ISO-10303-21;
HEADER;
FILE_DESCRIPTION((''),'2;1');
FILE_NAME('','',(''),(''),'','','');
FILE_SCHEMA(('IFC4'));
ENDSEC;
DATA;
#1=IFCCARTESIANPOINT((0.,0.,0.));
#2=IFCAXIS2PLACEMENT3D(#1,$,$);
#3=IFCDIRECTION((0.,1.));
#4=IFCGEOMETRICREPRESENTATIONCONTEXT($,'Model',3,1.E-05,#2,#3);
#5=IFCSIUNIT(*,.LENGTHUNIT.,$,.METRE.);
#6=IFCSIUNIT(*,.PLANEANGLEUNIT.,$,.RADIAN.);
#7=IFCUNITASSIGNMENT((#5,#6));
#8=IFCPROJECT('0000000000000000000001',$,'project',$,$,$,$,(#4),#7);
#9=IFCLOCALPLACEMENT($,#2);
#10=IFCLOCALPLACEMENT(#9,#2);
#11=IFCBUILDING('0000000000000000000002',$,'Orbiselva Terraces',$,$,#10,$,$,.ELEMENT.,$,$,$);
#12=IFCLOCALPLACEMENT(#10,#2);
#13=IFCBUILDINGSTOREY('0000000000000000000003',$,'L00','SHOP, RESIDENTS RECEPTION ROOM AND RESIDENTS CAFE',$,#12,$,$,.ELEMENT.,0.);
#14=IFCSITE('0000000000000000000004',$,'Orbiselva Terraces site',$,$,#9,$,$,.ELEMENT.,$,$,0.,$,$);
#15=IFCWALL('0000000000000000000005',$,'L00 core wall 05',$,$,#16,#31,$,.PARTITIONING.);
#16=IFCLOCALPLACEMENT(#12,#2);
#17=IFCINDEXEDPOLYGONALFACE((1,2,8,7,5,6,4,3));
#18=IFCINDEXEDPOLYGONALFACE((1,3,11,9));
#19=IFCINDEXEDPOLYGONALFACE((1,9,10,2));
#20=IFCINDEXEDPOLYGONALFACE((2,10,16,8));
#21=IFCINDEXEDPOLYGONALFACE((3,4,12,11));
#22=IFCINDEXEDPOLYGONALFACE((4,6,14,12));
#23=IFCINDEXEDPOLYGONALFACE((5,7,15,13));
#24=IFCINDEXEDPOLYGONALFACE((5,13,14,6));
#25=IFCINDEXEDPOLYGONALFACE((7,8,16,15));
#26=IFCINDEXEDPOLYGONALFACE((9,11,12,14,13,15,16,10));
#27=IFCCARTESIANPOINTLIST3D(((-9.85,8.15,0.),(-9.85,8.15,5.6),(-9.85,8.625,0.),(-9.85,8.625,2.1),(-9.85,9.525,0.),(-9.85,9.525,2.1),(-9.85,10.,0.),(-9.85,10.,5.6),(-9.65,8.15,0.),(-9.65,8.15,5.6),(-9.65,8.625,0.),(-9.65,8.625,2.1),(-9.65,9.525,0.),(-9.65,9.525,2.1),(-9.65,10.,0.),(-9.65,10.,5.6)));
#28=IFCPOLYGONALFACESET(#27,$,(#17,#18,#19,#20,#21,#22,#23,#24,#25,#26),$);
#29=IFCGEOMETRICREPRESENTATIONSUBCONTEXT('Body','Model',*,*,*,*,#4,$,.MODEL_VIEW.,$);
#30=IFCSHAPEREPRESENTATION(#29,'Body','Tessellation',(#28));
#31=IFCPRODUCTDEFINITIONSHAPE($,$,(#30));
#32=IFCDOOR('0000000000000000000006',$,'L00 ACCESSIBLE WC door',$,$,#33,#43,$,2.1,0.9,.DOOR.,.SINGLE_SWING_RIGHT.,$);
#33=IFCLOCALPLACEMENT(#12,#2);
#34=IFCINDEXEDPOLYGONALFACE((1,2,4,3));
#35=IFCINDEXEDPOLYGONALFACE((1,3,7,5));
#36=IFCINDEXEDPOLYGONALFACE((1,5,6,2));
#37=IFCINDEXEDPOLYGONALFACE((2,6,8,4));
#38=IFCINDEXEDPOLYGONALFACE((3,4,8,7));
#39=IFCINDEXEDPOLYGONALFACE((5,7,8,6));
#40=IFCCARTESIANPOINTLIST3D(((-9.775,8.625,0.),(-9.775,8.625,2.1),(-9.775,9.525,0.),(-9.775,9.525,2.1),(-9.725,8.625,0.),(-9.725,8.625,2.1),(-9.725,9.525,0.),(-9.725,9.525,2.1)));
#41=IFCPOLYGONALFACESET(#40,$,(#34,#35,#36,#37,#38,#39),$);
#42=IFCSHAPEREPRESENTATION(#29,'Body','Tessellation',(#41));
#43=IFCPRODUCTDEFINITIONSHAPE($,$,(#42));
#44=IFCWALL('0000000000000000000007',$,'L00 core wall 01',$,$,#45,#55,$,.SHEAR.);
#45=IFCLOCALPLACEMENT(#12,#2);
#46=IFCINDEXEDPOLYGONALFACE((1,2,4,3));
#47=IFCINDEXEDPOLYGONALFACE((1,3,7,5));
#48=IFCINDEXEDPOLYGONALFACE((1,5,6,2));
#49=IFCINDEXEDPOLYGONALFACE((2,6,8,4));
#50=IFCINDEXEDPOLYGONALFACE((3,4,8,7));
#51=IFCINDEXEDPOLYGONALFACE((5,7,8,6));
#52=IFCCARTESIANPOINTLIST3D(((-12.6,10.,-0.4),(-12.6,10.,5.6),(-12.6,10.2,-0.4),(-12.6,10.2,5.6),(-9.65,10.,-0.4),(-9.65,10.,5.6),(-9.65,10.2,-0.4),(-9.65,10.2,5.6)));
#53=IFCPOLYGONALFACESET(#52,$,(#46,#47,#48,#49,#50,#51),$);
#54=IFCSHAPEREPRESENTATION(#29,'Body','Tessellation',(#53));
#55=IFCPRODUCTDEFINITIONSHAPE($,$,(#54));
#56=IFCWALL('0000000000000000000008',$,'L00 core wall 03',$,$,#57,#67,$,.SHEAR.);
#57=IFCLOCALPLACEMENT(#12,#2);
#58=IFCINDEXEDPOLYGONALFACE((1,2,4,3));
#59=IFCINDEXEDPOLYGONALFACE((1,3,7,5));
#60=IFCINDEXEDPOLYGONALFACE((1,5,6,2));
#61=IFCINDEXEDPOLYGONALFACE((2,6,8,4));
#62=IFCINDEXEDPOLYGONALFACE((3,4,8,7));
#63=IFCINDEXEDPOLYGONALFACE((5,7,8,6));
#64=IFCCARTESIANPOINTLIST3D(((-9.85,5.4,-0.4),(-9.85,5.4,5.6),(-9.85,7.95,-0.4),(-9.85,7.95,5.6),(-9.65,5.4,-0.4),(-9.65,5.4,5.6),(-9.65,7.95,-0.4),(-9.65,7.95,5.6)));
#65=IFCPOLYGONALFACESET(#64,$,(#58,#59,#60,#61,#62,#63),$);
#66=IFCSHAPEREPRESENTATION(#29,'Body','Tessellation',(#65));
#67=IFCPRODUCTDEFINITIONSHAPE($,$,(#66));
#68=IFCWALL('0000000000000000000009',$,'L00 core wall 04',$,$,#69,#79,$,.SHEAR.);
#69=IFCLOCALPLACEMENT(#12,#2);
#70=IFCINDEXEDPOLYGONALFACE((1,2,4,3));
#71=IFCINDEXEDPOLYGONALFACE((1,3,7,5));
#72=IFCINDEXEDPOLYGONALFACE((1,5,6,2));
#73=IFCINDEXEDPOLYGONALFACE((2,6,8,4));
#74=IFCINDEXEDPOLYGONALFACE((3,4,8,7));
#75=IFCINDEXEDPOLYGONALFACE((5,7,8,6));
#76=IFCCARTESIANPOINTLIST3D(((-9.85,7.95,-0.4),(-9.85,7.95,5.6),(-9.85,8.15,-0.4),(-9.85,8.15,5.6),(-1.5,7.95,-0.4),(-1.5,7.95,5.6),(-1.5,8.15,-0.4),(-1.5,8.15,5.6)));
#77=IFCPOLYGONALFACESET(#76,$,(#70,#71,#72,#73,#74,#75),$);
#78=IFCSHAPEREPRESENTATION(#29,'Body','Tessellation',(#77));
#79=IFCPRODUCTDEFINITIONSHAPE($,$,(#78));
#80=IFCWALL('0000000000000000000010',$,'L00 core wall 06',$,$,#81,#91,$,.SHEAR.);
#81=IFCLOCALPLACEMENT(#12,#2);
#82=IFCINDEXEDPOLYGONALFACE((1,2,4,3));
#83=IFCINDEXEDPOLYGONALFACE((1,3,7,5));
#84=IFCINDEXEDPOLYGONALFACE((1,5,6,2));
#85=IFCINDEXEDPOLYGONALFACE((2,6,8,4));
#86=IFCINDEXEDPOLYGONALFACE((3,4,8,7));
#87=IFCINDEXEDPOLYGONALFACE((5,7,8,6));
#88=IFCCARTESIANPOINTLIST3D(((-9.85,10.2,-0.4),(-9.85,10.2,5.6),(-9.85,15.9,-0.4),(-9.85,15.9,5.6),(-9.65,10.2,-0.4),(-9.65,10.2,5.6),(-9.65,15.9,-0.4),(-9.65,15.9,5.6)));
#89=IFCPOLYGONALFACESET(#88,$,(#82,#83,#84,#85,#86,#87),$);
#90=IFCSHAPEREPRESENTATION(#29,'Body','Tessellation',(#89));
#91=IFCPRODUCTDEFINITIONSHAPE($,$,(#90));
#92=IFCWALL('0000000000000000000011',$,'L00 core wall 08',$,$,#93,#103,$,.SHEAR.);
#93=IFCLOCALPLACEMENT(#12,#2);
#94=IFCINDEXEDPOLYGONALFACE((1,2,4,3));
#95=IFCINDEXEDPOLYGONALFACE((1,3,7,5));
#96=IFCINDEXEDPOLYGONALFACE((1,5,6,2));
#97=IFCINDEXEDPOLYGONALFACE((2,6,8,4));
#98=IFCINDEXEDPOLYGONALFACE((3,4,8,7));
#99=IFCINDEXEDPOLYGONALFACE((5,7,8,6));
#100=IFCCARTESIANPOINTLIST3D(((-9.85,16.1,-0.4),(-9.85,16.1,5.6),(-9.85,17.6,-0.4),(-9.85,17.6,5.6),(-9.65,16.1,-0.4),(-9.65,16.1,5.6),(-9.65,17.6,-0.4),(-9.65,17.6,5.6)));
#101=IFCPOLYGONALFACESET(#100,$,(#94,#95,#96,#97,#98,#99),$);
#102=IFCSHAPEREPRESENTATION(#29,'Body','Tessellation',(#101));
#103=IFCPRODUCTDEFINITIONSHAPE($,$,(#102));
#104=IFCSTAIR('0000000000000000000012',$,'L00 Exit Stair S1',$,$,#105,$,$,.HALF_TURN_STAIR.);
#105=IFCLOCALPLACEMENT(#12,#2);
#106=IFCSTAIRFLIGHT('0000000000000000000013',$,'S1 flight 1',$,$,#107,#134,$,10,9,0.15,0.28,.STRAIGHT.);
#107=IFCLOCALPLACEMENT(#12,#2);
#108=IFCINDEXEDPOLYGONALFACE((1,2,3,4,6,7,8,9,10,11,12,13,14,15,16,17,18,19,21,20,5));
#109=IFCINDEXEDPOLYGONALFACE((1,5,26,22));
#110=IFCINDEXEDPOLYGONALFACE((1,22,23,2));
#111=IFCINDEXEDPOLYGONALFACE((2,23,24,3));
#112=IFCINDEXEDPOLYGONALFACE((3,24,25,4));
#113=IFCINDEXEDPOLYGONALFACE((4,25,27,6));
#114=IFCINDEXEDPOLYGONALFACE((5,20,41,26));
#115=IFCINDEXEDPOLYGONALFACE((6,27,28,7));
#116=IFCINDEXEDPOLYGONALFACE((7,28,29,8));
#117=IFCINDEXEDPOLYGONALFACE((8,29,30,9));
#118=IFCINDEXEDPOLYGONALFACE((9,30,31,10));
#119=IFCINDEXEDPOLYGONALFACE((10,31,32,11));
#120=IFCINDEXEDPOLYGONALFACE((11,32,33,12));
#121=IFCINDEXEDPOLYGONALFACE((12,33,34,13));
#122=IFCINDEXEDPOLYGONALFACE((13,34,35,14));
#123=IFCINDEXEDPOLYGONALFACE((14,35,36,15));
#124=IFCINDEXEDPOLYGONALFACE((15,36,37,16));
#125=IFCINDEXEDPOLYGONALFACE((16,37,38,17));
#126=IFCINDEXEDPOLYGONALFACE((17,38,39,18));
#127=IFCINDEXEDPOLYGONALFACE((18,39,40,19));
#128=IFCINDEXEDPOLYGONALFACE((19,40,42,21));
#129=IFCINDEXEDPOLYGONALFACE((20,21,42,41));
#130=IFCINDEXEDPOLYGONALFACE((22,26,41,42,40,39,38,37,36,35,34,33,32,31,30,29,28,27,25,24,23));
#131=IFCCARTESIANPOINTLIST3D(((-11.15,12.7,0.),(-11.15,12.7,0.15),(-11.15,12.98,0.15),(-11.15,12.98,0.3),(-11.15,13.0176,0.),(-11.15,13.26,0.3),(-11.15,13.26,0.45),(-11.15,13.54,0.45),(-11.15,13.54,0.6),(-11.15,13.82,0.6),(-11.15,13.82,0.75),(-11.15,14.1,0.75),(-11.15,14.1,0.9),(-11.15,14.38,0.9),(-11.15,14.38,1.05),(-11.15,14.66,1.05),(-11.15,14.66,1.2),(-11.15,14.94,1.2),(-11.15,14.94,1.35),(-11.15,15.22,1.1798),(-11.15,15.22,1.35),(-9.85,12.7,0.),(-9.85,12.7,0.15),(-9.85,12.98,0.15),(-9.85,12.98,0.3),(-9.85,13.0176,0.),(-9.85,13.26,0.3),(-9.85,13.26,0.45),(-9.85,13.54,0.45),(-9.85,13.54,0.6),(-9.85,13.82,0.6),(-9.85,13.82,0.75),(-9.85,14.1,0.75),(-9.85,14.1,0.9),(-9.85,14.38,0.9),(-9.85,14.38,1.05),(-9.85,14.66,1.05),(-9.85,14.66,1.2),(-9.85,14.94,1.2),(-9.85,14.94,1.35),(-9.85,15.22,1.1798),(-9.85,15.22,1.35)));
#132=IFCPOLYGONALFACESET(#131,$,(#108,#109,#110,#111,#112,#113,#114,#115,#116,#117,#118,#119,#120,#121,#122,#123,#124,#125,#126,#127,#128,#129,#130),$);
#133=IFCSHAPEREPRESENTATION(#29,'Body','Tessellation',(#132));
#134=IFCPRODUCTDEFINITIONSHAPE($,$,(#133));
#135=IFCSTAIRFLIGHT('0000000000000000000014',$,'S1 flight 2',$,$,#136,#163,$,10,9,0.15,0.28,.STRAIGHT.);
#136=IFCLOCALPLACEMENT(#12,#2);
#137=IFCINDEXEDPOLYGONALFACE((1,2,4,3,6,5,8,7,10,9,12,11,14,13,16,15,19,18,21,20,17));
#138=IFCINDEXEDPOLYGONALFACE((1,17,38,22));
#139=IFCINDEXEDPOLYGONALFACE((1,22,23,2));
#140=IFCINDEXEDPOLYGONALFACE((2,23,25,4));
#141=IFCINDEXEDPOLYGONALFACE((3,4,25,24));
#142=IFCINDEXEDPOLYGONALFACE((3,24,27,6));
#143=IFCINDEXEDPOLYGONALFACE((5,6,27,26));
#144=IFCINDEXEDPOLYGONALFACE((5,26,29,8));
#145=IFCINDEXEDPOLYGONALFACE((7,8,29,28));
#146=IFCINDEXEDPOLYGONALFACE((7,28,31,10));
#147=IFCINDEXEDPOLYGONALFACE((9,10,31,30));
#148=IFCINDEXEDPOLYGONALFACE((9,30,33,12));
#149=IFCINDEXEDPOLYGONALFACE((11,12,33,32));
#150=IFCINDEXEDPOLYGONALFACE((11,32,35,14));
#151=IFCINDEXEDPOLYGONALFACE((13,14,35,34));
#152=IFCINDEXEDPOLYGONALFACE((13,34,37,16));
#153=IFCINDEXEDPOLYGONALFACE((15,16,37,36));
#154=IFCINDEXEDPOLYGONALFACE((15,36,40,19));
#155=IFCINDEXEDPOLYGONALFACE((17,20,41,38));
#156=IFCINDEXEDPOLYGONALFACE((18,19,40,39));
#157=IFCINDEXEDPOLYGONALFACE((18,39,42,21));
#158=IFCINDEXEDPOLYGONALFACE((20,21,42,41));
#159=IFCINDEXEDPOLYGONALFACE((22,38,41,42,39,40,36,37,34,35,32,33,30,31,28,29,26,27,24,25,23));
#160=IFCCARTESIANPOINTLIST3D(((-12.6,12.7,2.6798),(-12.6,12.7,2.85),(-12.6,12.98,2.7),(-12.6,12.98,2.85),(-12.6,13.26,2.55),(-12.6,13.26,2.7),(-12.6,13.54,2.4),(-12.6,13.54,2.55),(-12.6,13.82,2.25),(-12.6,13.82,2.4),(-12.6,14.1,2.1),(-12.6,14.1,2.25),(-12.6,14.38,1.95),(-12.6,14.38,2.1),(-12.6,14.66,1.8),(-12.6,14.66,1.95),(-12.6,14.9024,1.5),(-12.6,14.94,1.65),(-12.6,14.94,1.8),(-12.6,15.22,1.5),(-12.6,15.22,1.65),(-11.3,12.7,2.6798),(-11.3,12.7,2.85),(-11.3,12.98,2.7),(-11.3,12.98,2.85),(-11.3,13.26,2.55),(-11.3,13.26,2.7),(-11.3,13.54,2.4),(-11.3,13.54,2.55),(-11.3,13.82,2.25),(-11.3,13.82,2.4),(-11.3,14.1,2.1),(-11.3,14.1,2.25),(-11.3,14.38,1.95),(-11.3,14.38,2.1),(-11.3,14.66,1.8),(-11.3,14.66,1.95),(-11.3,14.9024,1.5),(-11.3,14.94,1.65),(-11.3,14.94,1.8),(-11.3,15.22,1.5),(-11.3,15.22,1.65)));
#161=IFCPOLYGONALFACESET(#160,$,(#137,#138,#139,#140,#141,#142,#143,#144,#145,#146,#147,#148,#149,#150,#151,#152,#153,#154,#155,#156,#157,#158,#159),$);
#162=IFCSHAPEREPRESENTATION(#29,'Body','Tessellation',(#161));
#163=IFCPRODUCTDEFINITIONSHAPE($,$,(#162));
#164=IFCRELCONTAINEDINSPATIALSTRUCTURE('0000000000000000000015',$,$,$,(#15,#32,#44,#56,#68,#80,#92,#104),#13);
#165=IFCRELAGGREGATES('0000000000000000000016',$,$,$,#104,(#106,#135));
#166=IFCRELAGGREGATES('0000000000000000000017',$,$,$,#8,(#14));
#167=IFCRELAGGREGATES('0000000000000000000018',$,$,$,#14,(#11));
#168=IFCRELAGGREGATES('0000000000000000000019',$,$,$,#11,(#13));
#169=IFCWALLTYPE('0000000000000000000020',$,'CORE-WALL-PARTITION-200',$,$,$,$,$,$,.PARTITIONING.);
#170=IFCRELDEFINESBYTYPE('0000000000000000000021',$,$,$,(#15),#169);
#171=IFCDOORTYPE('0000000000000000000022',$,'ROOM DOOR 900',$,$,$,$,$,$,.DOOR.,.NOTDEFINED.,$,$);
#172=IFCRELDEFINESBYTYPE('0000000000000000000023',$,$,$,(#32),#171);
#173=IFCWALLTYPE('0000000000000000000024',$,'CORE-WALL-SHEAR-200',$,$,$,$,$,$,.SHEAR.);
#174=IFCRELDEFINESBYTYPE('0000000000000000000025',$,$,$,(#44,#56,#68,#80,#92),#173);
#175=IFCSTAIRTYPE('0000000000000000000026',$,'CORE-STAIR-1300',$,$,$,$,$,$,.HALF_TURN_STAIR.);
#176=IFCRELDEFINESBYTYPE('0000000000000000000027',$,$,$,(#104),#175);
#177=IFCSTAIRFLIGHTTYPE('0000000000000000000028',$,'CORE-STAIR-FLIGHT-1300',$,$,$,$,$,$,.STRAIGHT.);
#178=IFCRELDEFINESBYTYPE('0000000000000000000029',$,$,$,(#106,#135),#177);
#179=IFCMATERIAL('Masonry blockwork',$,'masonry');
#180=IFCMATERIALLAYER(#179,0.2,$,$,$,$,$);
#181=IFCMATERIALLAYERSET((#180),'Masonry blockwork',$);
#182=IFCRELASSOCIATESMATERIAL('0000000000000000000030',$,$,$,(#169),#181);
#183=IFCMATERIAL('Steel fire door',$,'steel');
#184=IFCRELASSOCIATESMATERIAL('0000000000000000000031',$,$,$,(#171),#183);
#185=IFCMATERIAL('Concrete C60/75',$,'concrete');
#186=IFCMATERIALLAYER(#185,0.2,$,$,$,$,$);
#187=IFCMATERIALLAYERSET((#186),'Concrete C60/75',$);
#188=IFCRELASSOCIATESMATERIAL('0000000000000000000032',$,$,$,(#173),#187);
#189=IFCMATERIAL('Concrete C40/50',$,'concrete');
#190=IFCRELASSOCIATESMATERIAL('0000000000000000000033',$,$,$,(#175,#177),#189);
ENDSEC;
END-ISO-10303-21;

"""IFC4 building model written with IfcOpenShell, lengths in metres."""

from ifc_helpers import new_model, si_unit, direction, frame, frame_2d, origin, place, context, subcontext, project, spatial, polyline, rectangle, outline, extrude, material, layer, layer_set, type_object, element, fill, aggregate, save


model = new_model("IFC4")

# Units and contexts
model_context = context("Model", 3, precision=1e-05, world=origin(), true_north=direction((0.0, 1.0)))
body_context = subcontext(model_context, "Body", "Model", "MODEL_VIEW")
ifc_project = project(units=[si_unit("LENGTHUNIT", "METRE"), si_unit("PLANEANGLEUNIT", "RADIAN")], contexts=[model_context])

# Site, building, storey
site_placement = place(None, origin())
site = spatial("IfcSite", under=ifc_project, at=site_placement, Name="Orbiselva Terraces site", CompositionType="ELEMENT", RefElevation=0.0)
building_placement = place(site_placement, origin())
building = spatial("IfcBuilding", under=site, at=building_placement, Name="Orbiselva Terraces", CompositionType="ELEMENT")
storey_placement = place(building_placement, origin())
storey = spatial("IfcBuildingStorey", under=building, at=storey_placement, Name="L00", Description="SHOP, RESIDENTS RECEPTION ROOM AND RESIDENTS CAFE", CompositionType="ELEMENT", Elevation=0.0)

# Shared definitions
ifc_material_1 = material(Name="Concrete C40/50", Category="concrete")

# Wall, opening, door
ifc_material_2 = material(Name="Masonry blockwork", Category="masonry")
ifc_layer_1 = layer(ifc_material_2, 0.2)
ifc_layer_set_1 = layer_set([ifc_layer_1], Name="Masonry blockwork")
wall_type_1 = type_object("IfcWallType", Name="CORE-WALL-PARTITION-200", PredefinedType="PARTITIONING", material=ifc_layer_set_1)
wall_1_placement = place(storey_placement, frame((-9.75, 8.15, 0.0), z_axis=(0.0, 0.0, 1.0), x_axis=(0.0, 1.0, 0.0)))
wall_1 = element("IfcWall", 1, at=wall_1_placement, inside=storey, type_object=wall_type_1, Name="L00 core wall 05", PredefinedType="PARTITIONING", context=body_context, shape_type="SweptSolid", body=[
    extrude(rectangle(XDim=1.85, YDim=0.2, at=frame_2d((0.925, 0.0))), origin(), (0.0, 0.0, 1.0), 5.6),
])
opening_placement = place(wall_1_placement, frame((0.475, 0.0, 0.0)))
opening = element("IfcOpeningElement", 2, at=opening_placement, cuts=wall_1, PredefinedType="OPENING", context=body_context, shape_type="SweptSolid", body=[
    extrude(rectangle(XDim=0.9, YDim=2.1, at=frame_2d((0.45, 1.05))), frame((0.0, 0.11, 0.0), z_axis=(0.0, -1.0, 0.0), x_axis=(1.0, 0.0, 0.0)), (0.0, 0.0, 1.0), 0.22),
])
ifc_material_3 = material(Name="Steel fire door", Category="steel")
door_type = type_object("IfcDoorType", Name="ROOM DOOR 900", OperationType="NOTDEFINED", PredefinedType="DOOR", material=ifc_material_3)
door_placement = place(opening_placement, origin())
door = element("IfcDoor", 3, at=door_placement, inside=storey, type_object=door_type, Name="L00 ACCESSIBLE WC door", OperationType="SINGLE_SWING_RIGHT", OverallHeight=2.1, OverallWidth=0.9, PredefinedType="DOOR", context=body_context, shape_type="SweptSolid", body=[
    extrude(rectangle(XDim=0.9, YDim=2.1, at=frame_2d((0.45, 1.05))), frame((0.0, 0.025, 0.0), z_axis=(0.0, -1.0, 0.0), x_axis=(1.0, 0.0, 0.0)), (0.0, 0.0, 1.0), 0.05),
])
fill(opening, door)

# Walls
ifc_material_4 = material(Name="Concrete C60/75", Category="concrete")
ifc_layer_2 = layer(ifc_material_4, 0.2)
ifc_layer_set_2 = layer_set([ifc_layer_2], Name="Concrete C60/75")
wall_type_2 = type_object("IfcWallType", Name="CORE-WALL-SHEAR-200", PredefinedType="SHEAR", material=ifc_layer_set_2)
wall_2_placement = place(storey_placement, frame((-12.6, 10.1, -0.4), z_axis=(0.0, 0.0, 1.0), x_axis=(1.0, 0.0, 0.0)))
element("IfcWall", 4, at=wall_2_placement, inside=storey, type_object=wall_type_2, Name="L00 core wall 01", PredefinedType="SHEAR", context=body_context, shape_type="SweptSolid", body=[
    extrude(rectangle(XDim=2.95, YDim=0.2, at=frame_2d((1.475, 0.0))), origin(), (0.0, 0.0, 1.0), 6.0),
])
wall_3_placement = place(storey_placement, frame((-9.75, 5.4, -0.4), z_axis=(0.0, 0.0, 1.0), x_axis=(0.0, 1.0, 0.0)))
element("IfcWall", 5, at=wall_3_placement, inside=storey, type_object=wall_type_2, Name="L00 core wall 03", PredefinedType="SHEAR", context=body_context, shape_type="SweptSolid", body=[
    extrude(rectangle(XDim=2.55, YDim=0.2, at=frame_2d((1.275, 0.0))), origin(), (0.0, 0.0, 1.0), 6.0),
])
wall_4_placement = place(storey_placement, frame((-9.85, 8.05, -0.4), z_axis=(0.0, 0.0, 1.0), x_axis=(1.0, 0.0, 0.0)))
element("IfcWall", 6, at=wall_4_placement, inside=storey, type_object=wall_type_2, Name="L00 core wall 04", PredefinedType="SHEAR", context=body_context, shape_type="SweptSolid", body=[
    extrude(rectangle(XDim=8.35, YDim=0.2, at=frame_2d((4.175, 0.0))), origin(), (0.0, 0.0, 1.0), 6.0),
])
wall_5_placement = place(storey_placement, frame((-9.75, 10.2, -0.4), z_axis=(0.0, 0.0, 1.0), x_axis=(0.0, 1.0, 0.0)))
element("IfcWall", 7, at=wall_5_placement, inside=storey, type_object=wall_type_2, Name="L00 core wall 06", PredefinedType="SHEAR", context=body_context, shape_type="SweptSolid", body=[
    extrude(rectangle(XDim=5.7, YDim=0.2, at=frame_2d((2.85, 0.0))), origin(), (0.0, 0.0, 1.0), 6.0),
])
wall_6_placement = place(storey_placement, frame((-9.75, 16.1, -0.4), z_axis=(0.0, 0.0, 1.0), x_axis=(0.0, 1.0, 0.0)))
element("IfcWall", 8, at=wall_6_placement, inside=storey, type_object=wall_type_2, Name="L00 core wall 08", PredefinedType="SHEAR", context=body_context, shape_type="SweptSolid", body=[
    extrude(rectangle(XDim=1.5, YDim=0.2, at=frame_2d((0.75, 0.0))), origin(), (0.0, 0.0, 1.0), 6.0),
])

# Stair, stair flights
stair_type = type_object("IfcStairType", Name="CORE-STAIR-1300", PredefinedType="HALF_TURN_STAIR", material=ifc_material_1)
stair_placement = place(storey_placement, origin())
stair = element("IfcStair", 9, at=stair_placement, inside=storey, type_object=stair_type, Name="L00 Exit Stair S1", PredefinedType="HALF_TURN_STAIR")
stair_flight_type = type_object("IfcStairFlightType", Name="CORE-STAIR-FLIGHT-1300", PredefinedType="STRAIGHT", material=ifc_material_1)
stair_flight_1_placement = place(storey_placement, frame((-10.5, 12.7, 0.0), z_axis=(0.0, 0.0, 1.0), x_axis=(0.0, 1.0, 0.0)))
stair_flight_1 = element("IfcStairFlight", 10, at=stair_flight_1_placement, type_object=stair_flight_type, Name="S1 flight 1", NumberOfRisers=10, NumberOfTreads=9, PredefinedType="STRAIGHT", RiserHeight=0.15, TreadLength=0.28, context=body_context, shape_type="SweptSolid", body=[
    extrude(outline(polyline([(0.0, 0.0), (0.0, 0.15), (0.28, 0.15), (0.28, 0.3), (0.56, 0.3), (0.56, 0.45), (0.84, 0.45), (0.84, 0.6), (1.12, 0.6), (1.12, 0.75), (1.4, 0.75), (1.4, 0.9), (1.68, 0.9), (1.68, 1.05), (1.96, 1.05), (1.96, 1.2), (2.24, 1.2), (2.24, 1.35), (2.52, 1.35), (2.52, 1.5), (2.52, 1.1798), (0.3176, 0.0), (0.0, 0.0)])), frame((0.0, 0.65, 0.0), z_axis=(0.0, -1.0, 0.0), x_axis=(1.0, 0.0, 0.0)), (0.0, 0.0, 1.0), 1.3),
])
stair_flight_2_placement = place(storey_placement, frame((-11.95, 15.22, 1.5), z_axis=(0.0, 0.0, 1.0), x_axis=(0.0, -1.0, 0.0)))
stair_flight_2 = element("IfcStairFlight", 11, at=stair_flight_2_placement, type_object=stair_flight_type, Name="S1 flight 2", NumberOfRisers=10, NumberOfTreads=9, PredefinedType="STRAIGHT", RiserHeight=0.15, TreadLength=0.28, context=body_context, shape_type="SweptSolid", body=[
    extrude(outline(polyline([(0.0, 0.0), (0.0, 0.15), (0.28, 0.15), (0.28, 0.3), (0.56, 0.3), (0.56, 0.45), (0.84, 0.45), (0.84, 0.6), (1.12, 0.6), (1.12, 0.75), (1.4, 0.75), (1.4, 0.9), (1.68, 0.9), (1.68, 1.05), (1.96, 1.05), (1.96, 1.2), (2.24, 1.2), (2.24, 1.35), (2.52, 1.35), (2.52, 1.5), (2.52, 1.1798), (0.3176, 0.0), (0.0, 0.0)])), frame((0.0, 0.65, 0.0), z_axis=(0.0, -1.0, 0.0), x_axis=(1.0, 0.0, 0.0)), (0.0, 0.0, 1.0), 1.3),
])
aggregate(stair, [stair_flight_1, stair_flight_2])

save(model, "model.ifc")
